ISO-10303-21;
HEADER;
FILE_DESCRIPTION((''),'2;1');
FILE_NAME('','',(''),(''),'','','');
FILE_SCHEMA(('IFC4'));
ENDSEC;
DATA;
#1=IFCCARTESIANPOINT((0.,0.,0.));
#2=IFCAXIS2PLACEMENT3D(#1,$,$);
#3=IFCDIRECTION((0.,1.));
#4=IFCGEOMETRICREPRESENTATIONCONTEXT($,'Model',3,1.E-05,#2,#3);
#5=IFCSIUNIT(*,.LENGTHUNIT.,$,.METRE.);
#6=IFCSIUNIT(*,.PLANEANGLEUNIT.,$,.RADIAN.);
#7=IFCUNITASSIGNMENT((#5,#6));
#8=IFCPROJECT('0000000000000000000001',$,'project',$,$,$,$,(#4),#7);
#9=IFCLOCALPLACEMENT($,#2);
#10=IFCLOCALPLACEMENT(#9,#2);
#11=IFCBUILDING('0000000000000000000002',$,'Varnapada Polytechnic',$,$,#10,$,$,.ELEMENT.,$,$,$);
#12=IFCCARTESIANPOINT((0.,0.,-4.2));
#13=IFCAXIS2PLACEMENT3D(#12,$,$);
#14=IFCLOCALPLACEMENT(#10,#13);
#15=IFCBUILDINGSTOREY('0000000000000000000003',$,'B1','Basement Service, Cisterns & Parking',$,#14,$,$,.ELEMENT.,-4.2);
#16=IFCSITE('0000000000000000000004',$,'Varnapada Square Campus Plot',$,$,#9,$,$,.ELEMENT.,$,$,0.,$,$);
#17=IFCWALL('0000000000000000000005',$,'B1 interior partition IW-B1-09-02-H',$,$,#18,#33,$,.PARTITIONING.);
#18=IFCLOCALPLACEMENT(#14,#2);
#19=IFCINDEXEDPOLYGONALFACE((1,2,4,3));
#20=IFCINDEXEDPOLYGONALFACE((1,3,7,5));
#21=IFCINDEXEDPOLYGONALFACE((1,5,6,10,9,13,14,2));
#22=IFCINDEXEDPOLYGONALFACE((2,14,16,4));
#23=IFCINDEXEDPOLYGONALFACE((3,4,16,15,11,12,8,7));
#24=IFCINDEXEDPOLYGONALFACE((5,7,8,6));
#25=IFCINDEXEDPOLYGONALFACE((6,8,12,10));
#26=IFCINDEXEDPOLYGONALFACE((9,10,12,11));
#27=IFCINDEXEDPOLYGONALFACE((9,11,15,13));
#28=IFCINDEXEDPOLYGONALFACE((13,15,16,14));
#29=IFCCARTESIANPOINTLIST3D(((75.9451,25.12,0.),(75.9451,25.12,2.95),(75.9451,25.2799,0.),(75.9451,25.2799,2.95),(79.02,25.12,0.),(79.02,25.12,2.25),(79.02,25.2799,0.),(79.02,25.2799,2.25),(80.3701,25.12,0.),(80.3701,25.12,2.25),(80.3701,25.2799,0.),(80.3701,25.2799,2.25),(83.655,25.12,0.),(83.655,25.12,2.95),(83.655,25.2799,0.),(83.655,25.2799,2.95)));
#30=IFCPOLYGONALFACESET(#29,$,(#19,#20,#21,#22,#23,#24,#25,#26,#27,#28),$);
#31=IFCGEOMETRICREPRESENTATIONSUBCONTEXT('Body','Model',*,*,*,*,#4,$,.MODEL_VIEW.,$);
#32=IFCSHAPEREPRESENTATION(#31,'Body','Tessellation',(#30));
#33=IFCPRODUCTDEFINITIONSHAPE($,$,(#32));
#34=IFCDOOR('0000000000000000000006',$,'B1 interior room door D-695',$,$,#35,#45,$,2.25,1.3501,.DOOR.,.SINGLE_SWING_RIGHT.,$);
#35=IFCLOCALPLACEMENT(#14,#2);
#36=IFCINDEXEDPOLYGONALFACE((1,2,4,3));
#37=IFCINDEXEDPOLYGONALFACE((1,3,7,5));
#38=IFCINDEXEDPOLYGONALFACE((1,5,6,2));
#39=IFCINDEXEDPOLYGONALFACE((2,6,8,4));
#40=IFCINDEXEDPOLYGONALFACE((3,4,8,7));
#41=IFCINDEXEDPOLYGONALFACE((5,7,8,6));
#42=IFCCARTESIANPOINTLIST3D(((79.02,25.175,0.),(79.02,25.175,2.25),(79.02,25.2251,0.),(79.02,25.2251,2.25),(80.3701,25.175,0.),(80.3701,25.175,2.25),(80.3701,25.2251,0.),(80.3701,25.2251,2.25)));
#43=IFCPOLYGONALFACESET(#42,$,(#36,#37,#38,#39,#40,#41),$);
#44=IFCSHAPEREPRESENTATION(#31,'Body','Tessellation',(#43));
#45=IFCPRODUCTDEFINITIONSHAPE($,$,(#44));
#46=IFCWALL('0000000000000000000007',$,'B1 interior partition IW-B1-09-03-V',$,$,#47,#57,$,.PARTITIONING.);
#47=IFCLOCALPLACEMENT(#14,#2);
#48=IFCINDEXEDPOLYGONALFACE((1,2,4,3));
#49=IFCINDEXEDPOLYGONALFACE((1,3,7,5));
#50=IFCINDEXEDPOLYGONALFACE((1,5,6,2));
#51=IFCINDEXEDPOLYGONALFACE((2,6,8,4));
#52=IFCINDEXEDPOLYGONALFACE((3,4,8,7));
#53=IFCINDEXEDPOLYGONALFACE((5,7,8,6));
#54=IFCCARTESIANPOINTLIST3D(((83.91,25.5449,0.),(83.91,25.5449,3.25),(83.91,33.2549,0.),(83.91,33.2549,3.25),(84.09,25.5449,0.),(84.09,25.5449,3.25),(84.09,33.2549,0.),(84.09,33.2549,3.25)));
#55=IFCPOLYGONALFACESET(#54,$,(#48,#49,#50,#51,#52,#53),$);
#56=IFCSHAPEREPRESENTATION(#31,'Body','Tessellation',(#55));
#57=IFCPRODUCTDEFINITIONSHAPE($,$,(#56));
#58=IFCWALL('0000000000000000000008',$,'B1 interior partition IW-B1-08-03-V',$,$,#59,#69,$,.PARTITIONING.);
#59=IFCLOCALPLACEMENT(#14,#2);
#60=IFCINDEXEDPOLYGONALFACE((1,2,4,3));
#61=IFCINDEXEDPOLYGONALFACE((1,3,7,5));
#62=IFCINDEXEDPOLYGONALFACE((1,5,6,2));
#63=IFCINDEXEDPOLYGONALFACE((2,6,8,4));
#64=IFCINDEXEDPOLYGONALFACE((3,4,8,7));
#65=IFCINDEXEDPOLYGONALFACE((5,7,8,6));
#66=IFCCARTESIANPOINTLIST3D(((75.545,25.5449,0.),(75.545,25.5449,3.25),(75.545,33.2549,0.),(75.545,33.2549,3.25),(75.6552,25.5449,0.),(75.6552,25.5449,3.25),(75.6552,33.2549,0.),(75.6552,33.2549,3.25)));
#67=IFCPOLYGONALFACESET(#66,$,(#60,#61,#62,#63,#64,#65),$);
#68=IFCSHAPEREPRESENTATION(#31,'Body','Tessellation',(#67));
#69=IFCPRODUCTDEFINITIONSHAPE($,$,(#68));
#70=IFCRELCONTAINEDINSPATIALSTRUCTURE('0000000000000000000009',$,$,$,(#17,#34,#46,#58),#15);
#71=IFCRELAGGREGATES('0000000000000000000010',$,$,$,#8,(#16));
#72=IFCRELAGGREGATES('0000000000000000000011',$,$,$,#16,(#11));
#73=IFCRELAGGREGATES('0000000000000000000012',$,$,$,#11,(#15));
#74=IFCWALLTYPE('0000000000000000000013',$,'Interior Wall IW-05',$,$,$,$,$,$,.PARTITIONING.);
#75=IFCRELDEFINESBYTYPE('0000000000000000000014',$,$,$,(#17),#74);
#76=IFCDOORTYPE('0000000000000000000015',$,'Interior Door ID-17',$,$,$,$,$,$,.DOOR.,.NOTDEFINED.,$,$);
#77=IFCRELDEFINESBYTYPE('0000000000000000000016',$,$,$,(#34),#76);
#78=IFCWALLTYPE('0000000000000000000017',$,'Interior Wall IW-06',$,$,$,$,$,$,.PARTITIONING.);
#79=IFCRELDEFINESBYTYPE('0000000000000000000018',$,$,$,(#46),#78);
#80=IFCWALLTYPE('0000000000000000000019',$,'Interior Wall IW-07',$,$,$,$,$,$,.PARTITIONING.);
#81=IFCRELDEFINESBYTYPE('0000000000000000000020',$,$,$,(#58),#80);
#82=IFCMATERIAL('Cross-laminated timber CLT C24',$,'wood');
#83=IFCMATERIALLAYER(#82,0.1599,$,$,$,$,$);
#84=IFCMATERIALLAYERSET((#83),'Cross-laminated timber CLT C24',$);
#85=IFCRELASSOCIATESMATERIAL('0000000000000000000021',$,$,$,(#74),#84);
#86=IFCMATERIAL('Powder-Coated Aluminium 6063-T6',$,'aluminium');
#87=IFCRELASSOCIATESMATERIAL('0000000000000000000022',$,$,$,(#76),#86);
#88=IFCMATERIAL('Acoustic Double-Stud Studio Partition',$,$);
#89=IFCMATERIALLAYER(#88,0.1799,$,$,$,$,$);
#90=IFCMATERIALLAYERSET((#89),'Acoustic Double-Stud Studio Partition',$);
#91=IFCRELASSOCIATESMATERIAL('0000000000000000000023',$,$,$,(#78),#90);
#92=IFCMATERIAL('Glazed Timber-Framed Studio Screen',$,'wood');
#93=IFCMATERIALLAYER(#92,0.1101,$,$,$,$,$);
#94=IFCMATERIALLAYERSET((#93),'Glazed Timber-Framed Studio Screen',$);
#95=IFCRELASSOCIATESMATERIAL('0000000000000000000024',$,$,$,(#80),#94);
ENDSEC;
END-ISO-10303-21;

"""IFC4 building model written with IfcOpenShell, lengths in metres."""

from ifc_helpers import new_model, si_unit, direction, frame, frame_2d, origin, place, context, subcontext, project, spatial, rectangle, extrude, material, layer, layer_set, type_object, element, fill, save


model = new_model("IFC4")

# Units and contexts
model_context = context("Model", 3, precision=1e-05, world=origin(), true_north=direction((0.0, 1.0)))
body_context = subcontext(model_context, "Body", "Model", "MODEL_VIEW")
ifc_project = project(units=[si_unit("LENGTHUNIT", "METRE"), si_unit("PLANEANGLEUNIT", "RADIAN")], contexts=[model_context])

# Site, building, storey
site_placement = place(None, origin())
site = spatial("IfcSite", under=ifc_project, at=site_placement, Name="Varnapada Square Campus Plot", CompositionType="ELEMENT", RefElevation=0.0)
building_placement = place(site_placement, origin())
building = spatial("IfcBuilding", under=site, at=building_placement, Name="Varnapada Polytechnic", CompositionType="ELEMENT")
storey_placement = place(building_placement, frame((0.0, 0.0, -4.2)))
storey = spatial("IfcBuildingStorey", under=building, at=storey_placement, Name="B1", Description="Basement Service, Cisterns & Parking", CompositionType="ELEMENT", Elevation=-4.2)

# Wall, opening, door
ifc_material_1 = material(Name="Cross-laminated timber CLT C24", Category="wood")
ifc_layer_1 = layer(ifc_material_1, 0.1599)
ifc_layer_set_1 = layer_set([ifc_layer_1], Name="Cross-laminated timber CLT C24")
wall_type_1 = type_object("IfcWallType", Name="Interior Wall IW-05", PredefinedType="PARTITIONING", material=ifc_layer_set_1)
wall_1_placement = place(storey_placement, frame((75.9451, 25.2, 0.0), z_axis=(0.0, 0.0, 1.0), x_axis=(1.0, 0.0, 0.0)))
wall_1 = element("IfcWall", 1, at=wall_1_placement, inside=storey, type_object=wall_type_1, Name="B1 interior partition IW-B1-09-02-H", PredefinedType="PARTITIONING", context=body_context, shape_type="SweptSolid", body=[
    extrude(rectangle(XDim=7.71, YDim=0.1599, at=frame_2d((3.855, 0.0))), origin(), (0.0, 0.0, 1.0), 2.95),
])
opening_1_placement = place(wall_1_placement, frame((3.075, 0.0, 0.0)))
opening_1 = element("IfcOpeningElement", 2, at=opening_1_placement, cuts=wall_1, PredefinedType="OPENING", context=body_context, shape_type="SweptSolid", body=[
    extrude(rectangle(XDim=1.3501, YDim=2.25, at=frame_2d((0.675, 1.125))), frame((0.0, 0.0898, 0.0), z_axis=(0.0, -1.0, 0.0), x_axis=(1.0, 0.0, 0.0)), (0.0, 0.0, 1.0), 0.1799),
])
ifc_material_2 = material(Name="Powder-Coated Aluminium 6063-T6", Category="aluminium")
door_type_1 = type_object("IfcDoorType", Name="Interior Door ID-17", OperationType="NOTDEFINED", PredefinedType="DOOR", material=ifc_material_2)
door_1_placement = place(opening_1_placement, frame((1.3501, 0.0, 0.0), z_axis=(0.0, 0.0, 1.0), x_axis=(-1.0, 0.0, 0.0)))
door_1 = element("IfcDoor", 3, at=door_1_placement, inside=storey, type_object=door_type_1, Name="B1 interior room door D-695", OperationType="SINGLE_SWING_RIGHT", OverallHeight=2.25, OverallWidth=1.3501, PredefinedType="DOOR", context=body_context, shape_type="SweptSolid", body=[
    extrude(rectangle(XDim=1.3501, YDim=2.25, at=frame_2d((0.675, 1.125))), frame((0.0, 0.0249, 0.0), z_axis=(0.0, -1.0, 0.0), x_axis=(1.0, 0.0, 0.0)), (0.0, 0.0, 1.0), 0.05),
])
fill(opening_1, door_1)

# Walls
ifc_material_3 = material(Name="Acoustic Double-Stud Studio Partition")
ifc_layer_2 = layer(ifc_material_3, 0.1799)
ifc_layer_set_2 = layer_set([ifc_layer_2], Name="Acoustic Double-Stud Studio Partition")
wall_type_2 = type_object("IfcWallType", Name="Interior Wall IW-06", PredefinedType="PARTITIONING", material=ifc_layer_set_2)
wall_2_placement = place(storey_placement, frame((84.0, 25.5449, 0.0), z_axis=(0.0, 0.0, 1.0), x_axis=(0.0, 1.0, 0.0)))
element("IfcWall", 4, at=wall_2_placement, inside=storey, type_object=wall_type_2, Name="B1 interior partition IW-B1-09-03-V", PredefinedType="PARTITIONING", context=body_context, shape_type="SweptSolid", body=[
    extrude(rectangle(XDim=7.71, YDim=0.1799, at=frame_2d((3.855, 0.0))), origin(), (0.0, 0.0, 1.0), 3.25),
])
ifc_material_4 = material(Name="Glazed Timber-Framed Studio Screen", Category="wood")
ifc_layer_3 = layer(ifc_material_4, 0.1101)
ifc_layer_set_3 = layer_set([ifc_layer_3], Name="Glazed Timber-Framed Studio Screen")
wall_type_3 = type_object("IfcWallType", Name="Interior Wall IW-07", PredefinedType="PARTITIONING", material=ifc_layer_set_3)
wall_3_placement = place(storey_placement, frame((75.6001, 25.5449, 0.0), z_axis=(0.0, 0.0, 1.0), x_axis=(0.0, 1.0, 0.0)))
element("IfcWall", 5, at=wall_3_placement, inside=storey, type_object=wall_type_3, Name="B1 interior partition IW-B1-08-03-V", PredefinedType="PARTITIONING", context=body_context, shape_type="SweptSolid", body=[
    extrude(rectangle(XDim=7.71, YDim=0.1101, at=frame_2d((3.855, 0.0))), origin(), (0.0, 0.0, 1.0), 3.25),
])

save(model, "model.ifc")
